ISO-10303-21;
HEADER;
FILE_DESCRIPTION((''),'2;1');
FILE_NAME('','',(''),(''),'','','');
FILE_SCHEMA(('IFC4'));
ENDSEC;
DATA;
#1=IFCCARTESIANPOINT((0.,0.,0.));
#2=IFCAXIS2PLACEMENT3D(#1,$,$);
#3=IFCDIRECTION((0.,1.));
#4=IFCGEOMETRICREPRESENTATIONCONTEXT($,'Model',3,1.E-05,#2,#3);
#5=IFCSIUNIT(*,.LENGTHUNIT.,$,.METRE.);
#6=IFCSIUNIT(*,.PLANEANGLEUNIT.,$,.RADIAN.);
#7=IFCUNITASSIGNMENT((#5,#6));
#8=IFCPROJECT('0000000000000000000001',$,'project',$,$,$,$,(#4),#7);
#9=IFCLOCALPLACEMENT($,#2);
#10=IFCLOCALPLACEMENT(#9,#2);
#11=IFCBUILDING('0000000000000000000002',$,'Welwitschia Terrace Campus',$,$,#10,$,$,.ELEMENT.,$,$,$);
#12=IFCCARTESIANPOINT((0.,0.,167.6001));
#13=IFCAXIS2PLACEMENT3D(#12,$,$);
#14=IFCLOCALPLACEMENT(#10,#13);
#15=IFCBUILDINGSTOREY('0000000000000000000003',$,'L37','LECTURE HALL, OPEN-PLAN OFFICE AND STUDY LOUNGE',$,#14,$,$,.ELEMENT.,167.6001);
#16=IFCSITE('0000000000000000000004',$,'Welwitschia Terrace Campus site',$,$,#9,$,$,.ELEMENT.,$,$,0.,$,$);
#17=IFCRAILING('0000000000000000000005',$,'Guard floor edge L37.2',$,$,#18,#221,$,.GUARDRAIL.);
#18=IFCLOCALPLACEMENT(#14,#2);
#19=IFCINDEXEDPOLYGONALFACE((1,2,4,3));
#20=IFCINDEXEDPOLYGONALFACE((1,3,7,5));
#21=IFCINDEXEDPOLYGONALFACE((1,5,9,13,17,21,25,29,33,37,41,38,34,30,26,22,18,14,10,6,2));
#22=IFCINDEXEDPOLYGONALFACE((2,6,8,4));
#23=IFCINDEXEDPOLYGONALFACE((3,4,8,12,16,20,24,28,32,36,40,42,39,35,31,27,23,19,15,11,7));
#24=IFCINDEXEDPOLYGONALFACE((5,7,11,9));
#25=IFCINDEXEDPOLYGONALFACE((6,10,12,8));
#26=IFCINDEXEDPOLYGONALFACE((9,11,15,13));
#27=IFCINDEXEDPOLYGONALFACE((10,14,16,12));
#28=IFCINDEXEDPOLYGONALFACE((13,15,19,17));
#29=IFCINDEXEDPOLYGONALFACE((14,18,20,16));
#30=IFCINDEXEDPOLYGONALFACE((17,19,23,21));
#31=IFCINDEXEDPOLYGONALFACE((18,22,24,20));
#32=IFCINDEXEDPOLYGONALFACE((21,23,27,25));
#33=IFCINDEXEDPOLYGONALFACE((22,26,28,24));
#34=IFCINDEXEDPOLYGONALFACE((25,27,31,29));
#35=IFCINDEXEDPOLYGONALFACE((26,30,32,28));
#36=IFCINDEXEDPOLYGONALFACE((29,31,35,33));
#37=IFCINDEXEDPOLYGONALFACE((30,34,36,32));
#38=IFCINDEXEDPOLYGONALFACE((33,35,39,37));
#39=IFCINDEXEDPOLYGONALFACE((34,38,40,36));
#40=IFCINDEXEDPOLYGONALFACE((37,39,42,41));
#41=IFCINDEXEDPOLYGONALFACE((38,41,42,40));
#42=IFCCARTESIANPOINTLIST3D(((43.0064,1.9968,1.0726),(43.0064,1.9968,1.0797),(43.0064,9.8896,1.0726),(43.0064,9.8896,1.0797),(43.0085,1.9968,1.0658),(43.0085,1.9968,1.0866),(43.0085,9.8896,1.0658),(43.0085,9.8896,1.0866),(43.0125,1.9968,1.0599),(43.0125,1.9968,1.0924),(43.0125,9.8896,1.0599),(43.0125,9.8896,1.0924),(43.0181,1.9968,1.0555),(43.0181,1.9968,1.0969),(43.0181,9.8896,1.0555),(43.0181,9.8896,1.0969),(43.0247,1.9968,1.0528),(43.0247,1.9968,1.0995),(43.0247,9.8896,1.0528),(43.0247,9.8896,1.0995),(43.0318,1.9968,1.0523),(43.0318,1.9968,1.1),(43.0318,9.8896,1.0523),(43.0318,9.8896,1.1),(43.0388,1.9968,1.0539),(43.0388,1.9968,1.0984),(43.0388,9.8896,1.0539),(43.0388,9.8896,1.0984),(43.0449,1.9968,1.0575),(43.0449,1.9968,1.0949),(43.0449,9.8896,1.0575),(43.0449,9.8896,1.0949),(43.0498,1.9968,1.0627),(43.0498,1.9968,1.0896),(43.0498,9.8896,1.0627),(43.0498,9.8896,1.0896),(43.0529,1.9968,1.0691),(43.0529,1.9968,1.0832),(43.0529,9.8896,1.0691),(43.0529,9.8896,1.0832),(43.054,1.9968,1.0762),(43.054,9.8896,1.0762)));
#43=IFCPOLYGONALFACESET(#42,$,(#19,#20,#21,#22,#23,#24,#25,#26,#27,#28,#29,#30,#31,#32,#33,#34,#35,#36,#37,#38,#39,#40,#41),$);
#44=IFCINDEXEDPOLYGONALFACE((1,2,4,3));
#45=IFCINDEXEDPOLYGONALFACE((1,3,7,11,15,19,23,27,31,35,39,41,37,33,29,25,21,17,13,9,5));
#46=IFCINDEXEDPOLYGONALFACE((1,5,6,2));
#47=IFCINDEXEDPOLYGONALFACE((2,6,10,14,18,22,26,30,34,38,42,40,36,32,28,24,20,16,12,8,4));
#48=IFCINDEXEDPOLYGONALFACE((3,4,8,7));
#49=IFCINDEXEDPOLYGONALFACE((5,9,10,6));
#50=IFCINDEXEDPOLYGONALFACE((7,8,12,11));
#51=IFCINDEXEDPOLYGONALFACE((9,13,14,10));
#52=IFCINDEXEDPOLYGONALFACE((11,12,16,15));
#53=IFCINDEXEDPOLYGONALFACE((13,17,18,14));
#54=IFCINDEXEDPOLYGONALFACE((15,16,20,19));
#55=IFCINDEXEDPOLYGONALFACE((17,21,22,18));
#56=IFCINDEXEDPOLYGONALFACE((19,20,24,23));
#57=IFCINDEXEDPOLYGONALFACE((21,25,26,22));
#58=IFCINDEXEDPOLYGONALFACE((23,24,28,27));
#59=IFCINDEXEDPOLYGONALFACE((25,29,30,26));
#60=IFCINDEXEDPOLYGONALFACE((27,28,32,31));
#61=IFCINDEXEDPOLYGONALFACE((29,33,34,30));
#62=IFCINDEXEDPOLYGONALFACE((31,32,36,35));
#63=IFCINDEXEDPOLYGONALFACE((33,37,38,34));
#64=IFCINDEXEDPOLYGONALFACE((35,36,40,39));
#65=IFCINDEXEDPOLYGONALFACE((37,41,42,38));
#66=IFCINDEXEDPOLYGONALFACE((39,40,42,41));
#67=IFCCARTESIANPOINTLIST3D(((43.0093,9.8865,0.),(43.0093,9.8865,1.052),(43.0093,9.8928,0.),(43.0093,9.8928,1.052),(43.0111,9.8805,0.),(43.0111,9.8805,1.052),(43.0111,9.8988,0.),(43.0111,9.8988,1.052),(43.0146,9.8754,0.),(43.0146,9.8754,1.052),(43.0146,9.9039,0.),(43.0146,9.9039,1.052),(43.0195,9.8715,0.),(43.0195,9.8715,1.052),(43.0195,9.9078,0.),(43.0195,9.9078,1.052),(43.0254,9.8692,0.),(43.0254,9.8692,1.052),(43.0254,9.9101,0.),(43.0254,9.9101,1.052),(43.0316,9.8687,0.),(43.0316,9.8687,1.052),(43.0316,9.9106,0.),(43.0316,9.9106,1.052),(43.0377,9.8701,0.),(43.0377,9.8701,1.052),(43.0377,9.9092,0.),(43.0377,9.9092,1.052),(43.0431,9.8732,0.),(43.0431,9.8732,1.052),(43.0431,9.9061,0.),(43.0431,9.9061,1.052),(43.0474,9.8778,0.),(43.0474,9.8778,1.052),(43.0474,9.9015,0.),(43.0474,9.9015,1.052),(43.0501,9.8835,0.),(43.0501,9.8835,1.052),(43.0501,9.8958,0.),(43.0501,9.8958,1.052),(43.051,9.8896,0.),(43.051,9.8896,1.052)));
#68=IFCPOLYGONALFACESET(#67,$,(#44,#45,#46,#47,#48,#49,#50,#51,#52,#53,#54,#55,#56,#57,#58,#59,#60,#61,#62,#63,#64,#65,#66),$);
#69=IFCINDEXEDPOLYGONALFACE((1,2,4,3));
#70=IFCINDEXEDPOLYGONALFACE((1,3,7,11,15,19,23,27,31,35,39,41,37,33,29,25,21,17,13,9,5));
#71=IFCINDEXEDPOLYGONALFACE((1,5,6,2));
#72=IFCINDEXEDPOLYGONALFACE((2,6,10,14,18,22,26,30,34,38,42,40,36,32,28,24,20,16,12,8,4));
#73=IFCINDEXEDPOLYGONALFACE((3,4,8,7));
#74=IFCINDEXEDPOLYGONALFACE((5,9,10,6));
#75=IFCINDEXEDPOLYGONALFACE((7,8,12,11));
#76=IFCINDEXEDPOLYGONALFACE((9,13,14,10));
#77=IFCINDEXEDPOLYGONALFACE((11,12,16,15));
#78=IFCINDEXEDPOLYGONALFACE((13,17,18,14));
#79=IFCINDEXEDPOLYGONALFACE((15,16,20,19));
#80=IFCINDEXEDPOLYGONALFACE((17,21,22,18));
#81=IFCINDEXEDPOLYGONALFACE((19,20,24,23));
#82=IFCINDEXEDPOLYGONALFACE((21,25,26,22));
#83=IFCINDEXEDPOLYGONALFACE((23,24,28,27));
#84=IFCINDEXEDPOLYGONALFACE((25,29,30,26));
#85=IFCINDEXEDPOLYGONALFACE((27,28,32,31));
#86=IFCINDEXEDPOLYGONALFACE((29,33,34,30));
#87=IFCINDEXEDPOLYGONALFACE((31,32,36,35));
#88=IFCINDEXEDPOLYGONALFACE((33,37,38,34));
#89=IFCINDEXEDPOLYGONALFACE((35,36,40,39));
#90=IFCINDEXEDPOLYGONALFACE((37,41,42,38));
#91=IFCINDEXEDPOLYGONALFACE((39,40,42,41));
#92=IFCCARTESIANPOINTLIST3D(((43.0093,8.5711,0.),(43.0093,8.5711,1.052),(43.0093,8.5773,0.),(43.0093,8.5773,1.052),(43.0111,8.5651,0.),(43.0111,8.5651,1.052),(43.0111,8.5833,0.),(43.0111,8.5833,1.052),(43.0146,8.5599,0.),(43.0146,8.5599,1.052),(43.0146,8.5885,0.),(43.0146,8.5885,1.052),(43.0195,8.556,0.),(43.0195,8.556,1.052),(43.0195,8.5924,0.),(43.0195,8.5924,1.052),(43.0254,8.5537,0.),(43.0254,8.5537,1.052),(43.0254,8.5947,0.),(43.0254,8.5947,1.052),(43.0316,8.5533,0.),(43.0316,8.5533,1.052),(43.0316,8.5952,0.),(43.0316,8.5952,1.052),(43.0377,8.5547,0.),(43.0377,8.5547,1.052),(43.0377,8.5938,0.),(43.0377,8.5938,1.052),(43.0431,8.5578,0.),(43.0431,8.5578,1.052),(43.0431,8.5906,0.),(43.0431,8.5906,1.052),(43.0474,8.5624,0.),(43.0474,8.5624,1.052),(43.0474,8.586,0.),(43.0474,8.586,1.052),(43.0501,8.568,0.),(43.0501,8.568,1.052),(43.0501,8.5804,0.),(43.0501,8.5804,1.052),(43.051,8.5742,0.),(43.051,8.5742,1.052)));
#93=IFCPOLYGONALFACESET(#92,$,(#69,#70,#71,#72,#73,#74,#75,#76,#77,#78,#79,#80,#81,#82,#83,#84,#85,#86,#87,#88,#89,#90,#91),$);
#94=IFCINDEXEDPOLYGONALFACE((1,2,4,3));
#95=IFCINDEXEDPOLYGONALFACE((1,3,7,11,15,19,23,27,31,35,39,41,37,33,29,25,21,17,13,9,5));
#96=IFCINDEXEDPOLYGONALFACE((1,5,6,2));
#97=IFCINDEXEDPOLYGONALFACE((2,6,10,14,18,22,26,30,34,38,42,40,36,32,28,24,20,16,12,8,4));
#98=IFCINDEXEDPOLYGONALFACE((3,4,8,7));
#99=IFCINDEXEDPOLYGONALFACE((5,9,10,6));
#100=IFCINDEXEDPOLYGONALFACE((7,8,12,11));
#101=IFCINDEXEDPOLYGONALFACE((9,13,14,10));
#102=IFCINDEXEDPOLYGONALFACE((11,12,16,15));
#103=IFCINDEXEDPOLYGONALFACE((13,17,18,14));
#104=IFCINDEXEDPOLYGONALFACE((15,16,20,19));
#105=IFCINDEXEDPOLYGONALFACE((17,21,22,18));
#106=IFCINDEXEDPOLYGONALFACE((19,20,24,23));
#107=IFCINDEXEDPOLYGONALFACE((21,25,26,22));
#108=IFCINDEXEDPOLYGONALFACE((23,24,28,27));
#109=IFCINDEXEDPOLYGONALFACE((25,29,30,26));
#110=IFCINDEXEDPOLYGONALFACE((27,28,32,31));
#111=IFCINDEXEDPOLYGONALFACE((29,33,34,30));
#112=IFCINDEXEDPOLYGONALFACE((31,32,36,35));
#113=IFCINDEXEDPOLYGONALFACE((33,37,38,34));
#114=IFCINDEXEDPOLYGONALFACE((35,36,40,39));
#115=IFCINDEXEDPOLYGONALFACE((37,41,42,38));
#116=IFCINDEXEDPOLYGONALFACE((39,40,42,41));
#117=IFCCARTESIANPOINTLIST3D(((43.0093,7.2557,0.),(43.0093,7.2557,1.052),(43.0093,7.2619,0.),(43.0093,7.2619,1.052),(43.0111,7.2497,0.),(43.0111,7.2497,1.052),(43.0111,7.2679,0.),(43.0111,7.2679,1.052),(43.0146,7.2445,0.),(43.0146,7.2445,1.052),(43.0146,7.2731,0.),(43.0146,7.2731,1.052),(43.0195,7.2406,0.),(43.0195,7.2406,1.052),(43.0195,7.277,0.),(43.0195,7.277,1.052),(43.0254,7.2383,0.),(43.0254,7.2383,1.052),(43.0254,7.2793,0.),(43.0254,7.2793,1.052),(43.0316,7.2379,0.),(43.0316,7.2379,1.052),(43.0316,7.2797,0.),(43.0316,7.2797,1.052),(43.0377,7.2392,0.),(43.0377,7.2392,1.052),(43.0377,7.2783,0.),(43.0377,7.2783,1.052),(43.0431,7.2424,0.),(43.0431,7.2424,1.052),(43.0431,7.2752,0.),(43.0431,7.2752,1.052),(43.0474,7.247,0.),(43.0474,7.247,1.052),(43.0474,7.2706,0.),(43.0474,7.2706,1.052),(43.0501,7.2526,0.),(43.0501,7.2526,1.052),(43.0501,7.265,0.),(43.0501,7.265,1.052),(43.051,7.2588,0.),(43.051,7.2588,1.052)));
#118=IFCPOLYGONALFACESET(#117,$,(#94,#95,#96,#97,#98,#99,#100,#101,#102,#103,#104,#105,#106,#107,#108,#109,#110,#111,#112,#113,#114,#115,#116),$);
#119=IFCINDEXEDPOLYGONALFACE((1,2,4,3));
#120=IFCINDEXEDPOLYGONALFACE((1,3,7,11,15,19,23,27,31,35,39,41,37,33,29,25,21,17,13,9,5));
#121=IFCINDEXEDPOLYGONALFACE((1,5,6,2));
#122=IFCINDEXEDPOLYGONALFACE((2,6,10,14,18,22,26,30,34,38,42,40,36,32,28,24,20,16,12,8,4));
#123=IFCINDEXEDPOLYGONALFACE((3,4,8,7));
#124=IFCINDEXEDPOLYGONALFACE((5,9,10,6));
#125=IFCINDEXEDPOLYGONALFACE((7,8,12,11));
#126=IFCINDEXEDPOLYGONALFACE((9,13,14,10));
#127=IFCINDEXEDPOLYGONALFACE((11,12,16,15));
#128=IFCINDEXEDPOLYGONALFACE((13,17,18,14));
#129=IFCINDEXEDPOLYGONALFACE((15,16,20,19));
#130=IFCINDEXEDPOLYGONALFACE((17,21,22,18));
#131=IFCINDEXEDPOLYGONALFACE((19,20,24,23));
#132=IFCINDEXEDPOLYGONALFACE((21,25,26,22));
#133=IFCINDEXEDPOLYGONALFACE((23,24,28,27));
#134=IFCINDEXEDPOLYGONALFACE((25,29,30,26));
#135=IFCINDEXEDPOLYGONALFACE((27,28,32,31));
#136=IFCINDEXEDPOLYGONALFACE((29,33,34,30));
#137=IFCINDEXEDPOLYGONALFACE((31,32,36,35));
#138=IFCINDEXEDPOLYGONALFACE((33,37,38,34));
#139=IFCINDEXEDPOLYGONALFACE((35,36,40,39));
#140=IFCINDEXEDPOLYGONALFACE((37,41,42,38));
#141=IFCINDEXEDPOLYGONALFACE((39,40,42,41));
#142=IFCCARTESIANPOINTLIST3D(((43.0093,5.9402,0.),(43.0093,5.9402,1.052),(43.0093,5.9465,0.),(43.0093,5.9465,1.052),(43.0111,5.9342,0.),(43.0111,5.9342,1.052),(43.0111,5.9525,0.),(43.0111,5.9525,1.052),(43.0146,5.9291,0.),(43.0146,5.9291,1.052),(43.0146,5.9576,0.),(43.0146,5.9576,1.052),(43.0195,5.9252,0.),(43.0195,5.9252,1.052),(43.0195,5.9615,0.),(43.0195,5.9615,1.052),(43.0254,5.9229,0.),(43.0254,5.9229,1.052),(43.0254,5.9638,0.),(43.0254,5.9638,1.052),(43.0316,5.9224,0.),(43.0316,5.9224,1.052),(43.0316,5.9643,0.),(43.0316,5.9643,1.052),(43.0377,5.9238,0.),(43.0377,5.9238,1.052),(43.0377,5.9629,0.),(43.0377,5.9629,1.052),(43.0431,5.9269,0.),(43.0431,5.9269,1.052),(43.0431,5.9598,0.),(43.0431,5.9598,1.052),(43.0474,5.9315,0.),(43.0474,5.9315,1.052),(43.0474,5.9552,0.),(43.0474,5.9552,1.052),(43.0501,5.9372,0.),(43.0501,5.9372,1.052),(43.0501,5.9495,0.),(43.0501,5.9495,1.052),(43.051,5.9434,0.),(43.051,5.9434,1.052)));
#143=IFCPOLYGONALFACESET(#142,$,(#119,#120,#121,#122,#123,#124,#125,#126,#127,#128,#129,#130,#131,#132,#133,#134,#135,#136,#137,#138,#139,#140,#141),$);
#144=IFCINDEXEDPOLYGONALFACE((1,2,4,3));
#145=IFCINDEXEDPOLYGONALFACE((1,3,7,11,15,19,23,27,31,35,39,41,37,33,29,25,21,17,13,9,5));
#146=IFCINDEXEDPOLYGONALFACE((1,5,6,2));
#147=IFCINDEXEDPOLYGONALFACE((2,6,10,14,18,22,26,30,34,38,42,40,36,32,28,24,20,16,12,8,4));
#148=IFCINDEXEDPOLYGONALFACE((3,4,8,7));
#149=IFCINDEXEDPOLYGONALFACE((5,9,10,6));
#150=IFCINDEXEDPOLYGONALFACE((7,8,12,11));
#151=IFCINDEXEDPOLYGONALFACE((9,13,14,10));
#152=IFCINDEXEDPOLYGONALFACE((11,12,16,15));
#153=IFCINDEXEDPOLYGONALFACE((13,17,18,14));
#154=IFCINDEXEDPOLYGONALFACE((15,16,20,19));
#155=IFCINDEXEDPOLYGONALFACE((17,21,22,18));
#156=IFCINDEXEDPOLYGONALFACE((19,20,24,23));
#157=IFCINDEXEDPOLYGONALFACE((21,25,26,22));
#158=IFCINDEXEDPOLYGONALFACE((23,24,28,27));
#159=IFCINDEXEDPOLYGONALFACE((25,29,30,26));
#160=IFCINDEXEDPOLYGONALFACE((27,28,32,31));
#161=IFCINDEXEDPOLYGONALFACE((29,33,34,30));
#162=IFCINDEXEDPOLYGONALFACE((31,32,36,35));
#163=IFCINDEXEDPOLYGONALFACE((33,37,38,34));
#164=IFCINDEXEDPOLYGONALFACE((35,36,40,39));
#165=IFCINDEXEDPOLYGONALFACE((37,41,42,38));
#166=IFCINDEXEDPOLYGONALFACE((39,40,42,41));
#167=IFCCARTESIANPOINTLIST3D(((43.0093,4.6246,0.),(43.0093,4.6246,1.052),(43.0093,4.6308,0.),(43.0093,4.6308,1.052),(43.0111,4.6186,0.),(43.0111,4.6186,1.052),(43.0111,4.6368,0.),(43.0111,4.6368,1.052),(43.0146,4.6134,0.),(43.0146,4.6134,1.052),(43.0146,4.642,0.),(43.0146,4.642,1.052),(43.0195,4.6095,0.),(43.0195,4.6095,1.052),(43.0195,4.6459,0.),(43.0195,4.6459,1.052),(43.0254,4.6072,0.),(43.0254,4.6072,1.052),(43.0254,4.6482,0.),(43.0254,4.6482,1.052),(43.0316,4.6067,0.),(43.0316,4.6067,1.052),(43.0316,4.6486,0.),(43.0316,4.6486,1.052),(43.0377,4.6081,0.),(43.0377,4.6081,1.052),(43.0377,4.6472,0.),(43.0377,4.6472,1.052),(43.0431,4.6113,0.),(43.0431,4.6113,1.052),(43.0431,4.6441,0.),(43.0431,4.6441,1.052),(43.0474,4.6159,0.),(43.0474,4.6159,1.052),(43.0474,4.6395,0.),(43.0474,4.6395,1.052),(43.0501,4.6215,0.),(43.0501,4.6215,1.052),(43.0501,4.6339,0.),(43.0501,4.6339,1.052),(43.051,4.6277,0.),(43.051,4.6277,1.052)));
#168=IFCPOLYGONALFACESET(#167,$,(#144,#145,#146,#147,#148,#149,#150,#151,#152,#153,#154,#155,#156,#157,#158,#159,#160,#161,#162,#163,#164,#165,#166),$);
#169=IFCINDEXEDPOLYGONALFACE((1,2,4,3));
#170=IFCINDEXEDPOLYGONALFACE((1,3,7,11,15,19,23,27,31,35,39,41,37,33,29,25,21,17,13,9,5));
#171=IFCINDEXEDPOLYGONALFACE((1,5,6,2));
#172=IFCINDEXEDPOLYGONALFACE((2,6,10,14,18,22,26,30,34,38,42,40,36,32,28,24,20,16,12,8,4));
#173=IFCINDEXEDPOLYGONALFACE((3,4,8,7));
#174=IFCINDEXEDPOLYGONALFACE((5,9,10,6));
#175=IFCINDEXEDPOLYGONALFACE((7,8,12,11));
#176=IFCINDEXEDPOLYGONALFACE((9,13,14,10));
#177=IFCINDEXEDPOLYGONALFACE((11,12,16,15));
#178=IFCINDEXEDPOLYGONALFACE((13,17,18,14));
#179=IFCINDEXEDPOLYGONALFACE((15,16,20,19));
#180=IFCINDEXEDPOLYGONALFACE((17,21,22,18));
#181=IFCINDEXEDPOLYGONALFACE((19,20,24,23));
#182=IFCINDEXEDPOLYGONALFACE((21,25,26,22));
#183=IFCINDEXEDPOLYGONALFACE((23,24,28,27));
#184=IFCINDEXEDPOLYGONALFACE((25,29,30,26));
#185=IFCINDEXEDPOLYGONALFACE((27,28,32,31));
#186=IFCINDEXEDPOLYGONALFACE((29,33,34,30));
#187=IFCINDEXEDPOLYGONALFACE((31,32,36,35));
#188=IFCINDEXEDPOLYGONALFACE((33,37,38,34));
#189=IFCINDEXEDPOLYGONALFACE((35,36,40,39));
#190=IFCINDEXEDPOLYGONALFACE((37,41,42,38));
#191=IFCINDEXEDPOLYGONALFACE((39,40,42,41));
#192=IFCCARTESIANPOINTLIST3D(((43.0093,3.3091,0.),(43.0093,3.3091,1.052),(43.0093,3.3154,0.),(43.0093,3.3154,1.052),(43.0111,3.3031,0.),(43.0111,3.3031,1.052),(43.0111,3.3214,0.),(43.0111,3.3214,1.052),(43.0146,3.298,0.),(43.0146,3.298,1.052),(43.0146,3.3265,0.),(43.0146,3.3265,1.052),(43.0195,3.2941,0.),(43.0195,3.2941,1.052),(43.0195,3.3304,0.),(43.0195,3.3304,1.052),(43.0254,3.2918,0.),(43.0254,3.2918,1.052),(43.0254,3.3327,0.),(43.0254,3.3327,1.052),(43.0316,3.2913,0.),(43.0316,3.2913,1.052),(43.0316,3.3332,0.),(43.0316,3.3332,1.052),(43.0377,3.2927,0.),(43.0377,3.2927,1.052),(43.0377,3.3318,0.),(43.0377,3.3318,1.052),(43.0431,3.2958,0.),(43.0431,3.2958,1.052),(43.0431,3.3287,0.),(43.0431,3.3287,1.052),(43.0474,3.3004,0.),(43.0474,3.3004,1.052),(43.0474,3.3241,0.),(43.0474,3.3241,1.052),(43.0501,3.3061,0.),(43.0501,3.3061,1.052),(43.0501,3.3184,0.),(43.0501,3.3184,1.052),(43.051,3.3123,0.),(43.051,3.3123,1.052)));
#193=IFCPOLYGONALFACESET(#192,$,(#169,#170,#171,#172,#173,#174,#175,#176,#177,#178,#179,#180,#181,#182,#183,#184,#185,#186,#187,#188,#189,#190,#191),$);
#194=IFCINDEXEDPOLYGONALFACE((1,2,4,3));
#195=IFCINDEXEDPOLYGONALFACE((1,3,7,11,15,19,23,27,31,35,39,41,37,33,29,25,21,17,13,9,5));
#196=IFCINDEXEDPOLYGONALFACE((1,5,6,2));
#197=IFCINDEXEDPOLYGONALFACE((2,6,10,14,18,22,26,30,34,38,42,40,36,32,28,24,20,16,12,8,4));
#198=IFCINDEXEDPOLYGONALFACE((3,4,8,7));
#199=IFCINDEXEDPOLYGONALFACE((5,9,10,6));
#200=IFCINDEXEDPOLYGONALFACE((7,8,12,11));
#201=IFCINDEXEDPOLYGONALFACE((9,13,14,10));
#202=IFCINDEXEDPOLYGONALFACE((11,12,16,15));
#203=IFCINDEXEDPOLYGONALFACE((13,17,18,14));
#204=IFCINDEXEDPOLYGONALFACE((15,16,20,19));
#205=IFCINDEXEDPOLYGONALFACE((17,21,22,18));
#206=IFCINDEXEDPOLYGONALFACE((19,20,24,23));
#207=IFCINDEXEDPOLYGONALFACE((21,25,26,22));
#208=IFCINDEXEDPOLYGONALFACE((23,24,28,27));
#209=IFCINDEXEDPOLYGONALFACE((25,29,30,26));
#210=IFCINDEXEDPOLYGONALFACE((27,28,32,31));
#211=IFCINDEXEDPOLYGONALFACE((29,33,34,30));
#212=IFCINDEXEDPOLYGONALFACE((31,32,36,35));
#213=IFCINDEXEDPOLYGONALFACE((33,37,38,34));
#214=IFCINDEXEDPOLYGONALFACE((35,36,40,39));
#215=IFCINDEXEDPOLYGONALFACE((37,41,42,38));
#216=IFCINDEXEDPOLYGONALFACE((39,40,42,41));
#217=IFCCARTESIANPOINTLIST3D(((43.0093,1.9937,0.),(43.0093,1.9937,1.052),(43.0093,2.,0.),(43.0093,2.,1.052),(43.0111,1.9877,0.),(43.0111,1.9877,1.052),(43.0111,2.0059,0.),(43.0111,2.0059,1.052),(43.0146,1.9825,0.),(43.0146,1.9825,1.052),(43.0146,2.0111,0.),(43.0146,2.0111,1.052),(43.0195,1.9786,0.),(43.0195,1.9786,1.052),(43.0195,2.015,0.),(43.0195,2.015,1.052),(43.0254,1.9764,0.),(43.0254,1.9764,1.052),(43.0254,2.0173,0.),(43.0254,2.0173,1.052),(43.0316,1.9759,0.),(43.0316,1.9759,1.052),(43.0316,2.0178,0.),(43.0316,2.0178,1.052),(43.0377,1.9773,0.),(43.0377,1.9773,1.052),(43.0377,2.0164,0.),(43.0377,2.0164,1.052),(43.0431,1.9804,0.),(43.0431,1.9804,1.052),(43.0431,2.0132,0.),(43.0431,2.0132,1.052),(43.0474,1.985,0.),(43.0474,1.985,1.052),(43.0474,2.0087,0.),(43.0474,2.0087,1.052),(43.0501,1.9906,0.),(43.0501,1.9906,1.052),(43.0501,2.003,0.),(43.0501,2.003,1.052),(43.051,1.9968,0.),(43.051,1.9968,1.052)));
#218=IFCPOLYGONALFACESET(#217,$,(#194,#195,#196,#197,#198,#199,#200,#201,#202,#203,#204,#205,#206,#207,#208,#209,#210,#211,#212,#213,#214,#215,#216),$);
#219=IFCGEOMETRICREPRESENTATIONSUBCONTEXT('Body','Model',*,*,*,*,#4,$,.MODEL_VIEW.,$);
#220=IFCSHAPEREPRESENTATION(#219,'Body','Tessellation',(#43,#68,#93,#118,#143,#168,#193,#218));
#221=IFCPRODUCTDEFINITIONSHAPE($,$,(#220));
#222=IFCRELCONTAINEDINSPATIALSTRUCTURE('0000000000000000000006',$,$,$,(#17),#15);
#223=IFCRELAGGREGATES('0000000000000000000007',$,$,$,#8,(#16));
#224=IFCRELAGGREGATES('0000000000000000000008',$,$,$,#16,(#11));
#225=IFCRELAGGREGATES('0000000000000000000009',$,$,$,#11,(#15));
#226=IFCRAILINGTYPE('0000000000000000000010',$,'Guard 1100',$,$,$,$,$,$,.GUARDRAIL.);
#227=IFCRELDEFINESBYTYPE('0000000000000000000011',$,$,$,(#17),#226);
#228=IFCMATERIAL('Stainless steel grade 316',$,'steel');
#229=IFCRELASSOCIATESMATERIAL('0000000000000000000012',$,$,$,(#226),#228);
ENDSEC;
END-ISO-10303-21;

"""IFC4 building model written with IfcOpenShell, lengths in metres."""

from ifc_helpers import new_model, si_unit, direction, frame, origin, origin_2d, place, context, subcontext, project, spatial, circle, extrude, material, type_object, element, save


model = new_model("IFC4")

# Units and contexts
model_context = context("Model", 3, precision=1e-05, world=origin(), true_north=direction((0.0, 1.0)))
body_context = subcontext(model_context, "Body", "Model", "MODEL_VIEW")
ifc_project = project(units=[si_unit("LENGTHUNIT", "METRE"), si_unit("PLANEANGLEUNIT", "RADIAN")], contexts=[model_context])

# Site, building, storey
site_placement = place(None, origin())
site = spatial("IfcSite", under=ifc_project, at=site_placement, Name="Welwitschia Terrace Campus site", CompositionType="ELEMENT", RefElevation=0.0)
building_placement = place(site_placement, origin())
building = spatial("IfcBuilding", under=site, at=building_placement, Name="Welwitschia Terrace Campus", CompositionType="ELEMENT")
storey_placement = place(building_placement, frame((0.0, 0.0, 167.6001)))
storey = spatial("IfcBuildingStorey", under=building, at=storey_placement, Name="L37", Description="LECTURE HALL, OPEN-PLAN OFFICE AND STUDY LOUNGE", CompositionType="ELEMENT", Elevation=167.6001)

# Railing
ifc_material_1 = material(Name="Stainless steel grade 316", Category="steel")
railing_type = type_object("IfcRailingType", Name="Guard 1100", PredefinedType="GUARDRAIL", material=ifc_material_1)
railing_1_placement = place(storey_placement, frame((43.03, 9.8896, 0.0)))
element("IfcRailing", 1, at=railing_1_placement, inside=storey, type_object=railing_type, Name="Guard floor edge L37.2", PredefinedType="GUARDRAIL", context=body_context, shape_type="SweptSolid", body=[
    extrude(circle(Radius=0.0239, at=origin_2d()), frame((0.0, 0.0, 1.0762), z_axis=(0.0, -1.0, 0.0), x_axis=(1.0, 0.0, 0.0)), (0.0, 0.0, 1.0), 7.8928),
    extrude(circle(Radius=0.021, at=origin_2d()), origin(), (0.0, 0.0, 1.0), 1.052),
    extrude(circle(Radius=0.021, at=origin_2d()), frame((0.0, -1.3154, 0.0)), (0.0, 0.0, 1.0), 1.052),
    extrude(circle(Radius=0.021, at=origin_2d()), frame((0.0, -2.6309, 0.0)), (0.0, 0.0, 1.0), 1.052),
    extrude(circle(Radius=0.021, at=origin_2d()), frame((0.0, -3.9463, 0.0)), (0.0, 0.0, 1.0), 1.052),
    extrude(circle(Radius=0.021, at=origin_2d()), frame((0.0, -5.262, 0.0)), (0.0, 0.0, 1.0), 1.052),
    extrude(circle(Radius=0.021, at=origin_2d()), frame((0.0, -6.5774, 0.0)), (0.0, 0.0, 1.0), 1.052),
    extrude(circle(Radius=0.021, at=origin_2d()), frame((0.0, -7.8928, 0.0)), (0.0, 0.0, 1.0), 1.052),
])

save(model, "model.ifc")
